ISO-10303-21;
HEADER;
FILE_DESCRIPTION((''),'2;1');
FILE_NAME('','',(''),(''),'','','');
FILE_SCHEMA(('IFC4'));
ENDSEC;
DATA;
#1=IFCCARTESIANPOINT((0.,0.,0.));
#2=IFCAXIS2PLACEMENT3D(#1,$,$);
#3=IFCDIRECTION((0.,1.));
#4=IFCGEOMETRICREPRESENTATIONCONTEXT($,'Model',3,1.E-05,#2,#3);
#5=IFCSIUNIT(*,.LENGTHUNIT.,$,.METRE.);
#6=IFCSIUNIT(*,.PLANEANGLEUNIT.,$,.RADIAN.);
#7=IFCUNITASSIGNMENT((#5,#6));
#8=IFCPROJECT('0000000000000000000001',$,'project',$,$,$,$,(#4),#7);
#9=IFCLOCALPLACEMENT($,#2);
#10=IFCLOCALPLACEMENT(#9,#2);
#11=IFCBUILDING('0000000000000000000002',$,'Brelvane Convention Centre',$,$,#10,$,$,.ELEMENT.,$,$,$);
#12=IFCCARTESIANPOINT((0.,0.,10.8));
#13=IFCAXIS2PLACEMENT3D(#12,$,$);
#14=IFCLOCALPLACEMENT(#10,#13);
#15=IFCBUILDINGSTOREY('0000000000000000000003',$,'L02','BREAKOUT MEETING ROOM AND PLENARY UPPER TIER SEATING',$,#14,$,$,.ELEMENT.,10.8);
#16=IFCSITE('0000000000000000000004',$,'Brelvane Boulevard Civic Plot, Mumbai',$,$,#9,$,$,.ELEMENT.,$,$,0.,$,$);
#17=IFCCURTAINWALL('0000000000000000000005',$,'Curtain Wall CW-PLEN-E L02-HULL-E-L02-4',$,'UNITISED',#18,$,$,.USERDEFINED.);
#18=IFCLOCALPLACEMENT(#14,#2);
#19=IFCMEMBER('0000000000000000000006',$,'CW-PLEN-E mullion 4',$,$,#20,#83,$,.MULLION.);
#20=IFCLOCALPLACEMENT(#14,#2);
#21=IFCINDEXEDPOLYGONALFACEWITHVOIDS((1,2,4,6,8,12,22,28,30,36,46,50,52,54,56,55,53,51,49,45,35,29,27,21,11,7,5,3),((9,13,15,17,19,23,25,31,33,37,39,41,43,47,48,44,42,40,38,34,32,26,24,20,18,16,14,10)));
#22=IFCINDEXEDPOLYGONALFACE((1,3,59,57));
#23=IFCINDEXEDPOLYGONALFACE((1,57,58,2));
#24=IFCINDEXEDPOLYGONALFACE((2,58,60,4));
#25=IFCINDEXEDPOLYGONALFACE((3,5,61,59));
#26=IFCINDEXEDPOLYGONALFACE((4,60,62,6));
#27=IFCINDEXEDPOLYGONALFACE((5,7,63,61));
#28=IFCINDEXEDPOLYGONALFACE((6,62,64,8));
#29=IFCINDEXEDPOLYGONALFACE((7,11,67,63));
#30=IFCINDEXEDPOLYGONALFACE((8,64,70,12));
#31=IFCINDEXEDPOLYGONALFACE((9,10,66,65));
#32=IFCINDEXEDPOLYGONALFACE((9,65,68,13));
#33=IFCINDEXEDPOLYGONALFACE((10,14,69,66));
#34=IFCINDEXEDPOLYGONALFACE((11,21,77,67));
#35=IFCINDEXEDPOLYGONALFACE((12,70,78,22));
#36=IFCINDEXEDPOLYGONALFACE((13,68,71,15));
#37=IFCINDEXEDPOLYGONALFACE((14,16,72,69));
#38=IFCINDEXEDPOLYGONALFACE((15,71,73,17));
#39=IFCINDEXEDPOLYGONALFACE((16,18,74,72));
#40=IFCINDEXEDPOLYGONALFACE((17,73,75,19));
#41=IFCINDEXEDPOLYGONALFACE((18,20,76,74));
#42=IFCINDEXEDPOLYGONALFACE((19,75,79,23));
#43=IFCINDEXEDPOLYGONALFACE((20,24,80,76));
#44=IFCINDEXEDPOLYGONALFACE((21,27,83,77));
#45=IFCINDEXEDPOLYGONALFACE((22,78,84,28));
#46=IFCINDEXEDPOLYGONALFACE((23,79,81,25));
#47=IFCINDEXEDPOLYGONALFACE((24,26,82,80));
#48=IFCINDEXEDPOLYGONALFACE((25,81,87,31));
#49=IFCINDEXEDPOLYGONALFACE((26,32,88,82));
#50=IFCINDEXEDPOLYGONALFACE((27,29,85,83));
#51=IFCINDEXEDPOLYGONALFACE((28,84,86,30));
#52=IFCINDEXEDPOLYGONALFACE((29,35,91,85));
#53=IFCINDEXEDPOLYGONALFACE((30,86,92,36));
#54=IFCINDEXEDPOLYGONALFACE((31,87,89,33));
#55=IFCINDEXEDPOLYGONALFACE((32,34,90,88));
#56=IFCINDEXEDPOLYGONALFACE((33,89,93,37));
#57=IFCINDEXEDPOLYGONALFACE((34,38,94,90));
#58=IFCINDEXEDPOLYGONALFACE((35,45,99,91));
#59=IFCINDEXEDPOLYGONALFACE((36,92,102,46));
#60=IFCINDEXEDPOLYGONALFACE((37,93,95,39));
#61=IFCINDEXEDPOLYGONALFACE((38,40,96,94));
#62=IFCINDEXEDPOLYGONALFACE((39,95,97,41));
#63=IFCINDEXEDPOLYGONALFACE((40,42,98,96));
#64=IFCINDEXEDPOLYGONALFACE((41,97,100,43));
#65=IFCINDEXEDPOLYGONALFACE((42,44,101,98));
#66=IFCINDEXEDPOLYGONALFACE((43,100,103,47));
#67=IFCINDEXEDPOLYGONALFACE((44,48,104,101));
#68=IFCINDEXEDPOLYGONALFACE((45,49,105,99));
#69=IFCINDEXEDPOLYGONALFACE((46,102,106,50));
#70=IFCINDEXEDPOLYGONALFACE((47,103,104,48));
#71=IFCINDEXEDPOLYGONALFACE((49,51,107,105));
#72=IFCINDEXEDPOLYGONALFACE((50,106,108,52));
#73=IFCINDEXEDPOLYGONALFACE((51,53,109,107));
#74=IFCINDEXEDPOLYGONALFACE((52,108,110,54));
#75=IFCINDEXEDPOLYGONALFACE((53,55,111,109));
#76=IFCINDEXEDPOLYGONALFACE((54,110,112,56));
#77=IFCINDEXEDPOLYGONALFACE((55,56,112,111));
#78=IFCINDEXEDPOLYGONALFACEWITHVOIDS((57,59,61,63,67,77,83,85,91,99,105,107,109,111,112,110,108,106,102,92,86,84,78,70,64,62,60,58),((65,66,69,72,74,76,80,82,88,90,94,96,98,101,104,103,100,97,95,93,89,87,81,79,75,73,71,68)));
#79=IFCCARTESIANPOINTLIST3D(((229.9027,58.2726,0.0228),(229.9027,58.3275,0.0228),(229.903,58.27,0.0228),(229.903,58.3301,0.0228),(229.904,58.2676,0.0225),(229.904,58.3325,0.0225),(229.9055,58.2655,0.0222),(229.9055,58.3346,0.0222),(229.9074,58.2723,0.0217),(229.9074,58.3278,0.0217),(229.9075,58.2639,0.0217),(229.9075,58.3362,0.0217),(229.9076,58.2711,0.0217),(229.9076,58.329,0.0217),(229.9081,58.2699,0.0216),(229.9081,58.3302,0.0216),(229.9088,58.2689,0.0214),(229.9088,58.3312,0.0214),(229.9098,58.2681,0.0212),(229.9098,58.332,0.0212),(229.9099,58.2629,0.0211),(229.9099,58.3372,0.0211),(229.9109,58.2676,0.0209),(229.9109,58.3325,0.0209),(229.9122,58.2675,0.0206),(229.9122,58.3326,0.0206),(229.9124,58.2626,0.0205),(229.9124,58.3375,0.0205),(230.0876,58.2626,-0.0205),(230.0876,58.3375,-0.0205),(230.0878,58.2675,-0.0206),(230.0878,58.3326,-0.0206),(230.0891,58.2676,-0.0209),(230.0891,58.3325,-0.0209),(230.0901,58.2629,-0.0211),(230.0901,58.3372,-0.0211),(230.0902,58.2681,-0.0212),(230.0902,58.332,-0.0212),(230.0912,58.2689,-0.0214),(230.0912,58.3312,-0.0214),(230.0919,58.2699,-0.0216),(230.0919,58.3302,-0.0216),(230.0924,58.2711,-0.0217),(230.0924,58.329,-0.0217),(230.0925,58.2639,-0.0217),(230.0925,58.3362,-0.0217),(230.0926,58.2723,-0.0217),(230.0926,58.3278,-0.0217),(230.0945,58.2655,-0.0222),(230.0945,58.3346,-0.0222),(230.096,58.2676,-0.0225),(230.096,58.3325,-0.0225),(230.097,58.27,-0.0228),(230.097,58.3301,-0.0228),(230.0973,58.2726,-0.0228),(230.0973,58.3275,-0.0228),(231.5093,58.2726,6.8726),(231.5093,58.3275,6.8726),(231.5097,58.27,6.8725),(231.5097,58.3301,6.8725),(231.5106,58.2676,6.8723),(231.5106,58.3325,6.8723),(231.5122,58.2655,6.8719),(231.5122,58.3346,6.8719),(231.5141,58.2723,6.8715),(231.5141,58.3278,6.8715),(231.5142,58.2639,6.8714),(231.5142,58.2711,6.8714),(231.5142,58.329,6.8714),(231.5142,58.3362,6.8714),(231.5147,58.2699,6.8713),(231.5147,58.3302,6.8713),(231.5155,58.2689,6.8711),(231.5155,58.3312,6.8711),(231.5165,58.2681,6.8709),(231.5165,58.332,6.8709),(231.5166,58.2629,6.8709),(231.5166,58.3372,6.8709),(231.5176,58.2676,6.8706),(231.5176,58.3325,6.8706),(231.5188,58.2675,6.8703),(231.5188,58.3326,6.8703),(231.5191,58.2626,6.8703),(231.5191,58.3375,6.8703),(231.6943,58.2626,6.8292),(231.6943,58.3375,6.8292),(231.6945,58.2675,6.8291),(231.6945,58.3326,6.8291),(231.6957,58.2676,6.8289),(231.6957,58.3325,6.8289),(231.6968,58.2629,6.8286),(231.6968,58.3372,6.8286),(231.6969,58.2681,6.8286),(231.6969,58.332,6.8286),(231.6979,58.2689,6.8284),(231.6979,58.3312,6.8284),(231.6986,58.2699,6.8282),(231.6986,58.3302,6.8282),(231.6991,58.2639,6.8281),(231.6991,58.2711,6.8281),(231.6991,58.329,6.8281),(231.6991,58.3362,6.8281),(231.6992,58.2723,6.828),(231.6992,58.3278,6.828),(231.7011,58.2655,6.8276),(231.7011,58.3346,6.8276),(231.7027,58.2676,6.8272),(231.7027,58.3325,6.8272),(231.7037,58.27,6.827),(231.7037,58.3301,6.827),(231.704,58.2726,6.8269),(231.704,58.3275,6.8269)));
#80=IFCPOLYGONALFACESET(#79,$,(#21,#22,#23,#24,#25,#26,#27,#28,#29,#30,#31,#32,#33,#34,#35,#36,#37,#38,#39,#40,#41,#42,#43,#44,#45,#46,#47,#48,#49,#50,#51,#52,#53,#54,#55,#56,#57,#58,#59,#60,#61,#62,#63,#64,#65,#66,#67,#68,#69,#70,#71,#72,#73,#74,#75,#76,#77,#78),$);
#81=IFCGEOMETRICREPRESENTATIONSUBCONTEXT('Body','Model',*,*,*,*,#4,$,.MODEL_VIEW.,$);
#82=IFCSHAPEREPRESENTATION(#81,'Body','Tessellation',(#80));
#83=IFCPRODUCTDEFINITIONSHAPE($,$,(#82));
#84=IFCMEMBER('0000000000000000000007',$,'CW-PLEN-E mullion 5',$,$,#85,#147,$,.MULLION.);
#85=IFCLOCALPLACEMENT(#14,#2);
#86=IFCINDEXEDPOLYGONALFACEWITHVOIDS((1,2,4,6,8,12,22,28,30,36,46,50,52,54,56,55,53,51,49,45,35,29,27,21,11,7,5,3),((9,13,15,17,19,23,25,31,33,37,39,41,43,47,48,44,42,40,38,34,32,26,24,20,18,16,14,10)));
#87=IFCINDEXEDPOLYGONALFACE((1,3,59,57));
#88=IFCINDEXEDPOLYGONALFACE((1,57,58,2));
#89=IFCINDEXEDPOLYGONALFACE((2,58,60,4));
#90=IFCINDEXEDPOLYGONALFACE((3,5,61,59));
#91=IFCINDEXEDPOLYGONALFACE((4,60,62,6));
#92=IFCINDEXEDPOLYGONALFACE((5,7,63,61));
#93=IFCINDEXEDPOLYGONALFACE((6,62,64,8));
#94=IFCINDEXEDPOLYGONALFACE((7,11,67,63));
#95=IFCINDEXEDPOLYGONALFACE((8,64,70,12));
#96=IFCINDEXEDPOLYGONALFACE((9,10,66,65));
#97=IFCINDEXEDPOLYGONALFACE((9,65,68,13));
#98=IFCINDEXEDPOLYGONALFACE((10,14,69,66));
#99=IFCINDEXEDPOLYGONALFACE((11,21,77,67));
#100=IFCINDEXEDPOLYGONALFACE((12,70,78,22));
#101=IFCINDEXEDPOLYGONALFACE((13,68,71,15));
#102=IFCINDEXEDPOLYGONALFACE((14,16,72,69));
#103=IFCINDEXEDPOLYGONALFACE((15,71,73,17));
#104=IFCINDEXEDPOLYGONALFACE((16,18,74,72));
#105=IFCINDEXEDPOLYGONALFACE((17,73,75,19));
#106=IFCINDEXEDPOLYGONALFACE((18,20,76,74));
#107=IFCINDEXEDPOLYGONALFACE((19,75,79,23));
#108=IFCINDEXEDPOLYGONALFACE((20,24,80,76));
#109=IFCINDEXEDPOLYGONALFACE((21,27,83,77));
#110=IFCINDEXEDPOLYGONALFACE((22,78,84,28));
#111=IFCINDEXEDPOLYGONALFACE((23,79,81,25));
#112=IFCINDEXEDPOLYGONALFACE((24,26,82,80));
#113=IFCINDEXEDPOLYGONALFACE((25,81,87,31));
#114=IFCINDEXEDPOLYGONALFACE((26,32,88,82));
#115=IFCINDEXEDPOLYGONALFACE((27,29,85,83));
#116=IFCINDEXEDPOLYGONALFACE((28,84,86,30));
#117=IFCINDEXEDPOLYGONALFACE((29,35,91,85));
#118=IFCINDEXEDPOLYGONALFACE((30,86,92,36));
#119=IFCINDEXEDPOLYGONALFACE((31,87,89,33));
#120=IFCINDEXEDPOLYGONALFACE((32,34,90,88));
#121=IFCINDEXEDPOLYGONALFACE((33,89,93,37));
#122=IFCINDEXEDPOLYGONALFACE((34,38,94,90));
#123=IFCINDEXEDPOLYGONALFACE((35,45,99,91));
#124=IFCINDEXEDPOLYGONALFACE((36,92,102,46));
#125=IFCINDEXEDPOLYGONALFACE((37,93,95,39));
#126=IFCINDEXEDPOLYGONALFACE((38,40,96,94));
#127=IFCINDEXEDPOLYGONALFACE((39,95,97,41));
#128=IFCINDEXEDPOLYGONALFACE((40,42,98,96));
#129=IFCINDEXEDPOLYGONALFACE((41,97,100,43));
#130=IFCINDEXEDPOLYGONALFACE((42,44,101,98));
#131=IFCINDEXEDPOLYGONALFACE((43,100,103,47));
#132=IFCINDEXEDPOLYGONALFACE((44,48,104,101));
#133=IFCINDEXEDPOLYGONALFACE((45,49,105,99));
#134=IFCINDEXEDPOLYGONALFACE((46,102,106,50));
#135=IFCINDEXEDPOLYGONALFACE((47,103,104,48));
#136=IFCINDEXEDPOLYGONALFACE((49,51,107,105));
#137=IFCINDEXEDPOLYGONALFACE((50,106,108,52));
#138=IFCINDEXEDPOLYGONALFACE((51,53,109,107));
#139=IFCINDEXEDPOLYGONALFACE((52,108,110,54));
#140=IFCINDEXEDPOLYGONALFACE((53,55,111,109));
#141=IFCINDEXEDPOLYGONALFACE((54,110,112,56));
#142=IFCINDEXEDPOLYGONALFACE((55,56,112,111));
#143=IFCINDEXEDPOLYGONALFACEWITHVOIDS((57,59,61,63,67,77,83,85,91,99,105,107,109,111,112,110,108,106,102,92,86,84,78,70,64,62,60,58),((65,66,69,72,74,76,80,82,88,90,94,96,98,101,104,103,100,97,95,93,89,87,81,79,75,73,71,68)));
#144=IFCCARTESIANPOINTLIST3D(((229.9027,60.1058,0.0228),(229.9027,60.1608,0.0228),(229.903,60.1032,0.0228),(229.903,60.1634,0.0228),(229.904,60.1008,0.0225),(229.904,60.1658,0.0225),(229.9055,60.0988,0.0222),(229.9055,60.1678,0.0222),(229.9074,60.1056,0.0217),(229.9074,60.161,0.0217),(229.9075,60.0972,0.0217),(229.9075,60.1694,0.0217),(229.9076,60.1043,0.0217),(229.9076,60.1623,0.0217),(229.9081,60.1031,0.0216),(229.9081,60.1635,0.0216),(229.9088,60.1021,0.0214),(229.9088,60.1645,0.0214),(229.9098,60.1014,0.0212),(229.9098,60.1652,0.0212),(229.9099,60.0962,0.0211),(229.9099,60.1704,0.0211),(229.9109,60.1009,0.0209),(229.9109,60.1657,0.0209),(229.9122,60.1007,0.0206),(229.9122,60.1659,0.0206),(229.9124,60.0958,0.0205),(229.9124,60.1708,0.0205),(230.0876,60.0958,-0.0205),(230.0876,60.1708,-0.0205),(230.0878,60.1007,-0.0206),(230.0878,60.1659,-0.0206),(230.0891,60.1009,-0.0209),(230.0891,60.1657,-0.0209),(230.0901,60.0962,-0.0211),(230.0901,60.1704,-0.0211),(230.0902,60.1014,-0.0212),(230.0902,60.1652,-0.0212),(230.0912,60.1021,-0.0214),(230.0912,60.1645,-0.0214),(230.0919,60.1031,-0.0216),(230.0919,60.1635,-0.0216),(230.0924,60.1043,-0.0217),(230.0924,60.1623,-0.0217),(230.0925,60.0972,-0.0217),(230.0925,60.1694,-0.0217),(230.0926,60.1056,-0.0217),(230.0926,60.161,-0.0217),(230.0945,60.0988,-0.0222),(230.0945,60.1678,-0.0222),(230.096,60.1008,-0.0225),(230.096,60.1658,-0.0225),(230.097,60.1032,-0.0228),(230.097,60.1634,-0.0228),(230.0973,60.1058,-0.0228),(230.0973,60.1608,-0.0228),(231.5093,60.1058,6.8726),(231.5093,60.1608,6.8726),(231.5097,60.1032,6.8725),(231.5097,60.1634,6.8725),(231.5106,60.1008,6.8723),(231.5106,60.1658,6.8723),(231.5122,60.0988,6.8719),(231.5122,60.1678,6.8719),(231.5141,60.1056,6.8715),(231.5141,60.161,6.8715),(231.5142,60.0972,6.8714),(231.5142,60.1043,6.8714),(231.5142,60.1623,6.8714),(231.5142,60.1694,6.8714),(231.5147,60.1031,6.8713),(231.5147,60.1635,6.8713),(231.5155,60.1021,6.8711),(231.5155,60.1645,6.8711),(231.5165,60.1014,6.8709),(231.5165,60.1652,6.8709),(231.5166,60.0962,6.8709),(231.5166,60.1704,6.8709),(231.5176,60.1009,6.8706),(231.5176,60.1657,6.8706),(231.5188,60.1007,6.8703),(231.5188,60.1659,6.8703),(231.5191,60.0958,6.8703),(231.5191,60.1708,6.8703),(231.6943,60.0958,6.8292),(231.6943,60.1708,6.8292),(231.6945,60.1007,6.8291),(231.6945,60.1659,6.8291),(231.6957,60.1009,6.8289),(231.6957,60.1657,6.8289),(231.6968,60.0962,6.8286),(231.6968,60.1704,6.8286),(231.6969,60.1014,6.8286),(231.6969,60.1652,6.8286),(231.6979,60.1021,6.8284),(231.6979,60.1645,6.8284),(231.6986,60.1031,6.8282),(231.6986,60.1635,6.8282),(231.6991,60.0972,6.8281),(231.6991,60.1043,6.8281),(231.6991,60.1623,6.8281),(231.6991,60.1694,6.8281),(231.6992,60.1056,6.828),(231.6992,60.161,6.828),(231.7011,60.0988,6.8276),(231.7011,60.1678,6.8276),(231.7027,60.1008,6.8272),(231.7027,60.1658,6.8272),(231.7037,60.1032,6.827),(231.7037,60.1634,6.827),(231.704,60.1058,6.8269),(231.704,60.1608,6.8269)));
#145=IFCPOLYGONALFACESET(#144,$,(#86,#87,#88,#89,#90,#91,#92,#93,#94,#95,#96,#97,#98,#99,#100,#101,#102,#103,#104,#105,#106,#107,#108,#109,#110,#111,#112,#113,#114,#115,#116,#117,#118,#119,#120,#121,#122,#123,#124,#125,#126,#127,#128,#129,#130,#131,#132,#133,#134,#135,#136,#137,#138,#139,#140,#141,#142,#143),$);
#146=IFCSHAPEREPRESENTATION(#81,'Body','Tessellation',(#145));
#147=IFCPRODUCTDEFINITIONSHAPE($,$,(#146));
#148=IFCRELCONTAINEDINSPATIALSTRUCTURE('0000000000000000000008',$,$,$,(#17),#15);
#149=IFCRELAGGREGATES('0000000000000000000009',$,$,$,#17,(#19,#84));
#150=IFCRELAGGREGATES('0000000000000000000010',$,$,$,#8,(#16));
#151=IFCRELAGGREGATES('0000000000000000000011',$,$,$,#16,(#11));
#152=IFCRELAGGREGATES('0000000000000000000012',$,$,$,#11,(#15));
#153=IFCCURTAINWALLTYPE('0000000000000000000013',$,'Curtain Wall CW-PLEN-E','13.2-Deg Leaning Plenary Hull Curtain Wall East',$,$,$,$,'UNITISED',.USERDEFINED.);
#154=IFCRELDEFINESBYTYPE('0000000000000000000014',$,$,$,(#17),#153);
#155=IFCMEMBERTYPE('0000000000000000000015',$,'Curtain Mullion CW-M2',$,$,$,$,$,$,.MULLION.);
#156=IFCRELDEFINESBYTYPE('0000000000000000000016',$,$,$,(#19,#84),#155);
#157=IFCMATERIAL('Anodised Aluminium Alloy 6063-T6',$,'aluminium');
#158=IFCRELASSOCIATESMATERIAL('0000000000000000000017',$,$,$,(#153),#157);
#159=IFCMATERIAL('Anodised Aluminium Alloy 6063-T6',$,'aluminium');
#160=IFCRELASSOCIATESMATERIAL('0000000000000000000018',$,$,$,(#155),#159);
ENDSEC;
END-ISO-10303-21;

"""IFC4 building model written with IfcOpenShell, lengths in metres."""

from ifc_helpers import new_model, si_unit, direction, frame, origin, origin_2d, place, context, subcontext, project, spatial, hollow_rectangle, extrude, material, material_profile, profile_set, type_object, element, aggregate, save


model = new_model("IFC4")

# Units and contexts
model_context = context("Model", 3, precision=1e-05, world=origin(), true_north=direction((0.0, 1.0)))
body_context = subcontext(model_context, "Body", "Model", "MODEL_VIEW")
ifc_project = project(units=[si_unit("LENGTHUNIT", "METRE"), si_unit("PLANEANGLEUNIT", "RADIAN")], contexts=[model_context])

# Site, building, storey
site_placement = place(None, origin())
site = spatial("IfcSite", under=ifc_project, at=site_placement, Name="Brelvane Boulevard Civic Plot, Mumbai", CompositionType="ELEMENT", RefElevation=0.0)
building_placement = place(site_placement, origin())
building = spatial("IfcBuilding", under=site, at=building_placement, Name="Brelvane Convention Centre", CompositionType="ELEMENT")
storey_placement = place(building_placement, frame((0.0, 0.0, 10.8)))
storey = spatial("IfcBuildingStorey", under=building, at=storey_placement, Name="L02", Description="BREAKOUT MEETING ROOM AND PLENARY UPPER TIER SEATING", CompositionType="ELEMENT", Elevation=10.8)

# Curtain wall, members
ifc_material_1 = material(Name="Anodised Aluminium Alloy 6063-T6", Category="aluminium")
curtain_wall_type = type_object("IfcCurtainWallType", Name="Curtain Wall CW-PLEN-E", Description="13.2-Deg Leaning Plenary Hull Curtain Wall East", ElementType="UNITISED", PredefinedType="USERDEFINED", material=ifc_material_1)
ifc_material_2 = material(Name="Anodised Aluminium Alloy 6063-T6", Category="aluminium")
ifc_material_profile_1 = material_profile(ifc_material_2, hollow_rectangle(XDim=0.075, YDim=0.2, WallThickness=0.0049, InnerFilletRadius=0.0049, OuterFilletRadius=0.01, at=origin_2d()), Name="ALU-M 200x75x5.0")
ifc_profile_set_1 = profile_set([ifc_material_profile_1], Name="Anodised Aluminium Alloy 6063-T6")
member_type_1 = type_object("IfcMemberType", Name="Curtain Mullion CW-M2", PredefinedType="MULLION", material=ifc_profile_set_1)
curtain_wall_1_placement = place(storey_placement, origin())
curtain_wall_1 = element("IfcCurtainWall", 1, at=curtain_wall_1_placement, inside=storey, type_object=curtain_wall_type, Name="Curtain Wall CW-PLEN-E L02-HULL-E-L02-4", ObjectType="UNITISED", PredefinedType="USERDEFINED")
member_1_placement = place(storey_placement, frame((230.0, 58.3, 0.0), z_axis=(0.22836, 0.0, 0.973577), x_axis=(0.0, 1.0, 0.0)))
member_1 = element("IfcMember", 2, at=member_1_placement, type_object=member_type_1, Name="CW-PLEN-E mullion 4", PredefinedType="MULLION", context=body_context, shape_type="SweptSolid", body=[
    extrude(hollow_rectangle(XDim=0.075, YDim=0.2, WallThickness=0.0049, InnerFilletRadius=0.0049, OuterFilletRadius=0.01, at=origin_2d()), origin(), (0.0, 0.0, 1.0), 7.0356),
])
member_2_placement = place(storey_placement, frame((230.0, 60.1333, 0.0), z_axis=(0.22836, 0.0, 0.973577), x_axis=(0.0, 1.0, 0.0)))
member_2 = element("IfcMember", 3, at=member_2_placement, type_object=member_type_1, Name="CW-PLEN-E mullion 5", PredefinedType="MULLION", context=body_context, shape_type="SweptSolid", body=[
    extrude(hollow_rectangle(XDim=0.075, YDim=0.2, WallThickness=0.0049, InnerFilletRadius=0.0049, OuterFilletRadius=0.01, at=origin_2d()), origin(), (0.0, 0.0, 1.0), 7.0356),
])

aggregate(curtain_wall_1, [member_1, member_2])

save(model, "model.ifc")
